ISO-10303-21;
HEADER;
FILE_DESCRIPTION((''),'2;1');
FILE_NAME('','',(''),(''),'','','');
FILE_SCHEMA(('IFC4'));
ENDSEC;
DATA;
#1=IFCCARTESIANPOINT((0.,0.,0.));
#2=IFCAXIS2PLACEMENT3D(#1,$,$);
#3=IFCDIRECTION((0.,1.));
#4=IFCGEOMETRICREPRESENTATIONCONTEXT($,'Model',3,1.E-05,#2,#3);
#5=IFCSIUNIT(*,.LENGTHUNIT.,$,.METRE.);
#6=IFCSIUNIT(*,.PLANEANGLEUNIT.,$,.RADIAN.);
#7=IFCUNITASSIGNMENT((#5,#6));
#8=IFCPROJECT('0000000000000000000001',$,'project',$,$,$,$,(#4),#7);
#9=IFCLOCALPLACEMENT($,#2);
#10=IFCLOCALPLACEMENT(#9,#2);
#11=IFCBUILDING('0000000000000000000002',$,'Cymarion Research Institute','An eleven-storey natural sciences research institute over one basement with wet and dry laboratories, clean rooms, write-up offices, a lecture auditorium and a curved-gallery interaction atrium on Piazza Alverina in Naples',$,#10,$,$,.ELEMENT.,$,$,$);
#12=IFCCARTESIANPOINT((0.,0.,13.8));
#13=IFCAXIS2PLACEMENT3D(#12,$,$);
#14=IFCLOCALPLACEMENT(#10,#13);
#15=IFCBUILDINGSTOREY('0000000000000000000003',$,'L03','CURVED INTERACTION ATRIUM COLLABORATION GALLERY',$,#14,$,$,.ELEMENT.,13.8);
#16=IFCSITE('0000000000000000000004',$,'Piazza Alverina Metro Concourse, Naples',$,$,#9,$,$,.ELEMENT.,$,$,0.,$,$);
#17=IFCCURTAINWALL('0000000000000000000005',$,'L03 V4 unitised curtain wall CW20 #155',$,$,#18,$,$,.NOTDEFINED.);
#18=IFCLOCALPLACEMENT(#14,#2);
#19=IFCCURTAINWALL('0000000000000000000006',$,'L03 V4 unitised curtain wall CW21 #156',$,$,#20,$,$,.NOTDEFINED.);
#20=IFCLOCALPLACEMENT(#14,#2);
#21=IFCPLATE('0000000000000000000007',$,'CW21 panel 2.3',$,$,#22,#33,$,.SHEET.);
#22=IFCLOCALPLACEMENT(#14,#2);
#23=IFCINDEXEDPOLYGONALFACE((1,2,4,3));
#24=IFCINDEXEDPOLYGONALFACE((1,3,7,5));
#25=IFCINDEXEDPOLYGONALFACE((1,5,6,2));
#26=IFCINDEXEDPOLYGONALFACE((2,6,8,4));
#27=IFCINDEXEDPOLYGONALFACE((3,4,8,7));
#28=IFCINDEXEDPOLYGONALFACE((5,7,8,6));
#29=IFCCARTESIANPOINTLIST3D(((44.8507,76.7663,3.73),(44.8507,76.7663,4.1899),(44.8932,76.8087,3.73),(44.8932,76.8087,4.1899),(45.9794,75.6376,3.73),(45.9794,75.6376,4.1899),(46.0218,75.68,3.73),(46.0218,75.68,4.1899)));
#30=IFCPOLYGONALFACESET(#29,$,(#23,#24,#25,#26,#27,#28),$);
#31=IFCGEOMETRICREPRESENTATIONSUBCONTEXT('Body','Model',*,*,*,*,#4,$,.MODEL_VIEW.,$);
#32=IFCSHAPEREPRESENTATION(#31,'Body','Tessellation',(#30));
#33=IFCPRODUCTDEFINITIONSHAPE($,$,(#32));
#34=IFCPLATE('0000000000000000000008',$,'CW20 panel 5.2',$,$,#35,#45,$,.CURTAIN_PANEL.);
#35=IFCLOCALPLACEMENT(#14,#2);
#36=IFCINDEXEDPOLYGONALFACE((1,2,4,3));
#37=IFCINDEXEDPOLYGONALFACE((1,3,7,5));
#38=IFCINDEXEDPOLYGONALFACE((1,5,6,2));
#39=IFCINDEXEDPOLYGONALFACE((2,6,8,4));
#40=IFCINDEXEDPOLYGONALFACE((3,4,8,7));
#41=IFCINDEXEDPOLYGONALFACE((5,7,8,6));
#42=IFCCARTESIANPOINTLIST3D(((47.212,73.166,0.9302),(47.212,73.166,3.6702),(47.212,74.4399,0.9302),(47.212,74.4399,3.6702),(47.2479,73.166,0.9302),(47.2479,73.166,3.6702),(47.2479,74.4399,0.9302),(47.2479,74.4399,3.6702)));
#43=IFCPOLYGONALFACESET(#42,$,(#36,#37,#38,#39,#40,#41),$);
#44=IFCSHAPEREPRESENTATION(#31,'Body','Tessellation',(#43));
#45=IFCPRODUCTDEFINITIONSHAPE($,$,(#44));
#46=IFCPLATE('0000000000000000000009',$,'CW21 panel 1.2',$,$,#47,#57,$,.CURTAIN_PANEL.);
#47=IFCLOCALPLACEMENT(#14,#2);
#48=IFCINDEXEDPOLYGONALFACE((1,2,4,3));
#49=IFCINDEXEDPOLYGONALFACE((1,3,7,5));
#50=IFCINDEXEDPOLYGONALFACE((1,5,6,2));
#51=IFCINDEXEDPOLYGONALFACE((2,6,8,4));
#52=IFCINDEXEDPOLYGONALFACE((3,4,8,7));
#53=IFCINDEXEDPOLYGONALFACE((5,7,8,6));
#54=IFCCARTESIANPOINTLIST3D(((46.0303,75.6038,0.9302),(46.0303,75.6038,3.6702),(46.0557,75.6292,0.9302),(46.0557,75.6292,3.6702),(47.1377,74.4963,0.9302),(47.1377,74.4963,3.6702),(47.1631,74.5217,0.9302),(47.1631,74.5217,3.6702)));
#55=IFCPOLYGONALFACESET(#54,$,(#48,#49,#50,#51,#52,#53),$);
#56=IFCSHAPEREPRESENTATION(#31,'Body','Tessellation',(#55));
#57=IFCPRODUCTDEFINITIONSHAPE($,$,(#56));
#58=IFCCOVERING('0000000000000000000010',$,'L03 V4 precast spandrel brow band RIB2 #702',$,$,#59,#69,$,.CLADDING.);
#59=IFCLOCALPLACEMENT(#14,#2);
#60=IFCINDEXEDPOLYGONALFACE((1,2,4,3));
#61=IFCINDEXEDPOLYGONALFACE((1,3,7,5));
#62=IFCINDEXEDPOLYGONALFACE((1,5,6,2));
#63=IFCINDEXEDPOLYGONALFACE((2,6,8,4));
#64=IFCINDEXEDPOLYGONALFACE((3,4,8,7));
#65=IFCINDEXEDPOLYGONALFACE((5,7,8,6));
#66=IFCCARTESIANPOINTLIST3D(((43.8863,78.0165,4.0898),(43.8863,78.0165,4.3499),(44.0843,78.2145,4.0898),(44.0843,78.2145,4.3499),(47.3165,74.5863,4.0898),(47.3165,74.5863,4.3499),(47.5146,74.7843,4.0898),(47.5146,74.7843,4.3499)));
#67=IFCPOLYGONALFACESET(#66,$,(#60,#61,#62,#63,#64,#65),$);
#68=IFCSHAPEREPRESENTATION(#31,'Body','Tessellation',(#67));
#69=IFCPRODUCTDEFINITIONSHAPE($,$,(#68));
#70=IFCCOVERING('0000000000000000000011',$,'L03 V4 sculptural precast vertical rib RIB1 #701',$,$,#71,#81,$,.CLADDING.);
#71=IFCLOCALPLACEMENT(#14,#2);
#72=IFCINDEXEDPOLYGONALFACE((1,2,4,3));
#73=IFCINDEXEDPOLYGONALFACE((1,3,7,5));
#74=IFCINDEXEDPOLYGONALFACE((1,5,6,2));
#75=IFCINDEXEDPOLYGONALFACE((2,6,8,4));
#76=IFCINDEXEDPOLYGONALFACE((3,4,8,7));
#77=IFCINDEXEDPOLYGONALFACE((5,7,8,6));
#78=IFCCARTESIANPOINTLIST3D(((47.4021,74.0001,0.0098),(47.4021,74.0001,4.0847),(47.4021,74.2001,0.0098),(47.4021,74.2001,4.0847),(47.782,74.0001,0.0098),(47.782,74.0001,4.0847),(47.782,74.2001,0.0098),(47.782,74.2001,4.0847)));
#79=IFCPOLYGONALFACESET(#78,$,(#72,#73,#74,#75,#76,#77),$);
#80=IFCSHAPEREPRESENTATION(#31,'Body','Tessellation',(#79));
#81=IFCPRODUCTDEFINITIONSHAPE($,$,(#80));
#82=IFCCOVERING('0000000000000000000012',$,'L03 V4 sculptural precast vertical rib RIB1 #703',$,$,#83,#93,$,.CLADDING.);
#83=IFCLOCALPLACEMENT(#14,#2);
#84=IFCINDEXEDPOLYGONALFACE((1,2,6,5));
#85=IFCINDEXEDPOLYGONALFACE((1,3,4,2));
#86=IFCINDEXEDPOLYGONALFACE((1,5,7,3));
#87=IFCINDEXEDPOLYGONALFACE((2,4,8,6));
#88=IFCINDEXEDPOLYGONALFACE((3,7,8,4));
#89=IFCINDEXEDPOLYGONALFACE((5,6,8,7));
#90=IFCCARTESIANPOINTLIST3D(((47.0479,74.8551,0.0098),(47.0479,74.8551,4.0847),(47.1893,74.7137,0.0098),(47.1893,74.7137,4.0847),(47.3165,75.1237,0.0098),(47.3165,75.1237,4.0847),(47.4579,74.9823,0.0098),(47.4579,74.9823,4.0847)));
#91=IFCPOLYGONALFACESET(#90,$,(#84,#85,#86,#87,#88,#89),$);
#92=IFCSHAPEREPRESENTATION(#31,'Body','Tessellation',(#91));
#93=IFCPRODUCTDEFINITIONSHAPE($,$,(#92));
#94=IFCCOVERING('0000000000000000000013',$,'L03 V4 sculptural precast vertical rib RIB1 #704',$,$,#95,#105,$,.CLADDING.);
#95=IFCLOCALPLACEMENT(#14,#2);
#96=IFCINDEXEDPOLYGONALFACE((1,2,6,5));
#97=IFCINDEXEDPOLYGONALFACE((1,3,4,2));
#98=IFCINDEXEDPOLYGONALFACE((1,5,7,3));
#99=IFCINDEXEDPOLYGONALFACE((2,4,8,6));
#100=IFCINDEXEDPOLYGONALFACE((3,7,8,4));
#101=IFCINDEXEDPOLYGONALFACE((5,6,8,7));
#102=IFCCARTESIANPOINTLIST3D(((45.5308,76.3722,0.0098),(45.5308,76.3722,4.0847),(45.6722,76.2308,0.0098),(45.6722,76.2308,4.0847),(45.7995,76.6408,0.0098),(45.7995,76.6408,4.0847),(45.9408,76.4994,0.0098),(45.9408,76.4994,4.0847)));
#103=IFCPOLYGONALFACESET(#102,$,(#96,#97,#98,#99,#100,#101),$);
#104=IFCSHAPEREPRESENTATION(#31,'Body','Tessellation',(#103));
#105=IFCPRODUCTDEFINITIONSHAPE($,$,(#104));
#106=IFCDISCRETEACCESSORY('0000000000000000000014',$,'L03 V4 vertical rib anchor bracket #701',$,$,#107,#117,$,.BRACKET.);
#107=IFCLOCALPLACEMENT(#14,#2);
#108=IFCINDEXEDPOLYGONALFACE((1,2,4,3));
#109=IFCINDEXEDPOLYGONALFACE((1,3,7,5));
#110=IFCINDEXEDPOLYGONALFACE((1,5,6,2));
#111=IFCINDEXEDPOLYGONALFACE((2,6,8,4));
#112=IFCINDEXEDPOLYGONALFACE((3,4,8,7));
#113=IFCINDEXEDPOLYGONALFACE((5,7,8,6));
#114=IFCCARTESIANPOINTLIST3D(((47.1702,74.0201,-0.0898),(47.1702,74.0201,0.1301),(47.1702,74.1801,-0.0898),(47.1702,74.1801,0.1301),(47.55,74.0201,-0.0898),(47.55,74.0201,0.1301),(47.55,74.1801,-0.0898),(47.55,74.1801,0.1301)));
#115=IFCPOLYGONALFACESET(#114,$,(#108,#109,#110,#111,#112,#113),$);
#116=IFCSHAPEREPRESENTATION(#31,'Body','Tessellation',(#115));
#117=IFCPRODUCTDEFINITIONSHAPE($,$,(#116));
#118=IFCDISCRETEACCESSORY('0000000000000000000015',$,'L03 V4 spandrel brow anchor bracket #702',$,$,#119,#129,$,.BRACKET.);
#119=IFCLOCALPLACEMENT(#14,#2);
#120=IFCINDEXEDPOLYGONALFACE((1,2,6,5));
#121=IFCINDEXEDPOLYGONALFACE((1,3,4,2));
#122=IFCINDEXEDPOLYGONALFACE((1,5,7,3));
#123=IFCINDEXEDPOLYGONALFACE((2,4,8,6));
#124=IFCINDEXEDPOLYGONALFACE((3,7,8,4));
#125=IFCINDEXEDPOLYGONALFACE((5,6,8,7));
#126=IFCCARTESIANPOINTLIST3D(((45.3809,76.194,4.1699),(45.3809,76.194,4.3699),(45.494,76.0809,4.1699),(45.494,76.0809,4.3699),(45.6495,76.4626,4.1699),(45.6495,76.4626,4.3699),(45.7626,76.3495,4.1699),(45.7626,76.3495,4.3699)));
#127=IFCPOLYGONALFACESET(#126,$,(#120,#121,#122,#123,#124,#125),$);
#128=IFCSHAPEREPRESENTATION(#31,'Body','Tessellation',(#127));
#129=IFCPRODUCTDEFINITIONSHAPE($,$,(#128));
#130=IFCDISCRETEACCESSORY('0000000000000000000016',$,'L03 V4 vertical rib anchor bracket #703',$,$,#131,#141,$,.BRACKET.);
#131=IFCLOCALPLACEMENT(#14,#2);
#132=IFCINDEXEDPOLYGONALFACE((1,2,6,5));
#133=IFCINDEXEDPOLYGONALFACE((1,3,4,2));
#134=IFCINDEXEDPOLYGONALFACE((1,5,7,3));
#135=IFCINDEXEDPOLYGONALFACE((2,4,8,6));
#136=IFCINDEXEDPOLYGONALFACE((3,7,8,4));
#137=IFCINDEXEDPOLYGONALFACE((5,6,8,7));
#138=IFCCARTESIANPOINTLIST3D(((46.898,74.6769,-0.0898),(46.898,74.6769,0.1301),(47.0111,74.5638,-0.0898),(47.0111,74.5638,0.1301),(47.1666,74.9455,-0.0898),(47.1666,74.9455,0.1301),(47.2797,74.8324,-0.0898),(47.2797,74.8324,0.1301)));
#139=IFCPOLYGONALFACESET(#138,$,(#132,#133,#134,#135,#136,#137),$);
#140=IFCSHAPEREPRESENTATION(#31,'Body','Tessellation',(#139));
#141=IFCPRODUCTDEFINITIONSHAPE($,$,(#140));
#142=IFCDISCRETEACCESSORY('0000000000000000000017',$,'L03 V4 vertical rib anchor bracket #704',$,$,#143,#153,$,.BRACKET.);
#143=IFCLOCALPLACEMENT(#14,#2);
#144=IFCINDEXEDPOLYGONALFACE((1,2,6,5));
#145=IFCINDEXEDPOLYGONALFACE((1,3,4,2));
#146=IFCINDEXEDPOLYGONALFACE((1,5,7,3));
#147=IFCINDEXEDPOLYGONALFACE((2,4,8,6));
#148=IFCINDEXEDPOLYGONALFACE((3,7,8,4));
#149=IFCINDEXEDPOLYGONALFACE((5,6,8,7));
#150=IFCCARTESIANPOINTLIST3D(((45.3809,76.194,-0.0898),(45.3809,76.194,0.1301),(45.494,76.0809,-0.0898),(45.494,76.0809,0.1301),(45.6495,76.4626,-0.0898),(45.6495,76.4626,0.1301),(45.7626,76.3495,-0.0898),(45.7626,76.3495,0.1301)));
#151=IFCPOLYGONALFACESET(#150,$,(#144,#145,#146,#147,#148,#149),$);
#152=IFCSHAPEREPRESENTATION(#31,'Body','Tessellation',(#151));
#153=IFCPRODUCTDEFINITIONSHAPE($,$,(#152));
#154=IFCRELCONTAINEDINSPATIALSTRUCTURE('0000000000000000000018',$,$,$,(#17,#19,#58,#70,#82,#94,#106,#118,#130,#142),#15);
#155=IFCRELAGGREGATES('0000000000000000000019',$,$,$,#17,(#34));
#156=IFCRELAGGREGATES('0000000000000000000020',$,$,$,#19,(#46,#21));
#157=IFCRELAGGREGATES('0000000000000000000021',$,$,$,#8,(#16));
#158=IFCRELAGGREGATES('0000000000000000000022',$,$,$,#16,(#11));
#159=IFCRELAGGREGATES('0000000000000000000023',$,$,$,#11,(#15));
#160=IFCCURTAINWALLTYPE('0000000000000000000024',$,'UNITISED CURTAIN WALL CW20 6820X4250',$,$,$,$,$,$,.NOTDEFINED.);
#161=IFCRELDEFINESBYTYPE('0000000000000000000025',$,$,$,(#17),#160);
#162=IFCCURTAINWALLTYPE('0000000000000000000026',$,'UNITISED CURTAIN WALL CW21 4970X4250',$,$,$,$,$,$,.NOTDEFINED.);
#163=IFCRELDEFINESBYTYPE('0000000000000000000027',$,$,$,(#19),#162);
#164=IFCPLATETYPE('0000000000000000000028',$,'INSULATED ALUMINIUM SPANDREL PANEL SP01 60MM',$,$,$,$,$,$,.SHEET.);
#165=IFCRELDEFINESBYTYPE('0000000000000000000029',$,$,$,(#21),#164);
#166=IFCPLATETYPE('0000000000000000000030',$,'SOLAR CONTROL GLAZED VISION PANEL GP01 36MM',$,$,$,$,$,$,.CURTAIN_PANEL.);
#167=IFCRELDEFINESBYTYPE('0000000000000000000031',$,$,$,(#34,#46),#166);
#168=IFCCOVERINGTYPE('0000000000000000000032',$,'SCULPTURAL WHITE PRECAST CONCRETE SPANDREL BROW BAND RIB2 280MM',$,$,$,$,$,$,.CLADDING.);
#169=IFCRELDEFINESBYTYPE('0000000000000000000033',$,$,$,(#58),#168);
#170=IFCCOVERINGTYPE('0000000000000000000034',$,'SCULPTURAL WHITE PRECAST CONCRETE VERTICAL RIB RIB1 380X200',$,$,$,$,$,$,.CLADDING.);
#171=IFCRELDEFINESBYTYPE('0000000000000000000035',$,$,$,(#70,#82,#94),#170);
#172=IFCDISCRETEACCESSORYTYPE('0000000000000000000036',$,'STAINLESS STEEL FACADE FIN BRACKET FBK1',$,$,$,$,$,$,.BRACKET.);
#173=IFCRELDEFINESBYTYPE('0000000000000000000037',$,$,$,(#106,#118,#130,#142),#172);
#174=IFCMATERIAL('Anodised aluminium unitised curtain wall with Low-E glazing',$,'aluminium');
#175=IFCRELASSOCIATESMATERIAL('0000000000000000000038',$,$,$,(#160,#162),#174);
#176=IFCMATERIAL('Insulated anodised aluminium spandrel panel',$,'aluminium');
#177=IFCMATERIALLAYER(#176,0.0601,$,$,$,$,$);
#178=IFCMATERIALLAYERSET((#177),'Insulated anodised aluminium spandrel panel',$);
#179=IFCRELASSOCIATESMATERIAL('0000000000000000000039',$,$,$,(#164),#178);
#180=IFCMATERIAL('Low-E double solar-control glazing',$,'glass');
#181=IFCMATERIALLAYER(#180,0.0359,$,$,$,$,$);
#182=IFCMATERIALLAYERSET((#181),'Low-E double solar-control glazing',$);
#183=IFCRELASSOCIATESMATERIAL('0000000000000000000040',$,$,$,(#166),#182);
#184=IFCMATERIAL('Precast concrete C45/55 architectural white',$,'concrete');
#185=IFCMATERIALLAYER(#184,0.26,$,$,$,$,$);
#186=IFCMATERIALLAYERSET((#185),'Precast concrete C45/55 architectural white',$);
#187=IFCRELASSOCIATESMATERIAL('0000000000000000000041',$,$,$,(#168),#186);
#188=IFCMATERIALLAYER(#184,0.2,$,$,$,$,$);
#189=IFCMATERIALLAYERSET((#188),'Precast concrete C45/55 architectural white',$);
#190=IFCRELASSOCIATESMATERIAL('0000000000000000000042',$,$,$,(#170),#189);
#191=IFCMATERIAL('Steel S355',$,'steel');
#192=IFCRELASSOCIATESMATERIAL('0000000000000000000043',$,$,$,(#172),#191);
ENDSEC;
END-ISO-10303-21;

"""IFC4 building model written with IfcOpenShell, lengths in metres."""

from ifc_helpers import new_model, si_unit, direction, frame, origin, origin_2d, place, context, subcontext, project, spatial, rectangle, extrude, material, layer, layer_set, type_object, element, aggregate, save


model = new_model("IFC4")

# Units and contexts
model_context = context("Model", 3, precision=1e-05, world=origin(), true_north=direction((0.0, 1.0)))
body_context = subcontext(model_context, "Body", "Model", "MODEL_VIEW")
ifc_project = project(units=[si_unit("LENGTHUNIT", "METRE"), si_unit("PLANEANGLEUNIT", "RADIAN")], contexts=[model_context])

# Site, building, storey
site_placement = place(None, origin())
site = spatial("IfcSite", under=ifc_project, at=site_placement, Name="Piazza Alverina Metro Concourse, Naples", CompositionType="ELEMENT", RefElevation=0.0)
building_placement = place(site_placement, origin())
building = spatial("IfcBuilding", under=site, at=building_placement, Name="Cymarion Research Institute", Description="An eleven-storey natural sciences research institute over one basement with wet and dry laboratories, clean rooms, write-up offices, a lecture auditorium and a curved-gallery interaction atrium on Piazza Alverina in Naples", CompositionType="ELEMENT")
storey_placement = place(building_placement, frame((0.0, 0.0, 13.8)))
storey = spatial("IfcBuildingStorey", under=building, at=storey_placement, Name="L03", Description="CURVED INTERACTION ATRIUM COLLABORATION GALLERY", CompositionType="ELEMENT", Elevation=13.8)

# Curtain wall
ifc_material_1 = material(Name="Anodised aluminium unitised curtain wall with Low-E glazing", Category="aluminium")
curtain_wall_type_1 = type_object("IfcCurtainWallType", Name="UNITISED CURTAIN WALL CW20 6820X4250", PredefinedType="NOTDEFINED", material=ifc_material_1)
curtain_wall_1_placement = place(storey_placement, origin())
curtain_wall_1 = element("IfcCurtainWall", 1, at=curtain_wall_1_placement, inside=storey, type_object=curtain_wall_type_1, Name="L03 V4 unitised curtain wall CW20 #155", PredefinedType="NOTDEFINED")

# Curtain wall
curtain_wall_type_2 = type_object("IfcCurtainWallType", Name="UNITISED CURTAIN WALL CW21 4970X4250", PredefinedType="NOTDEFINED", material=ifc_material_1)
curtain_wall_2_placement = place(storey_placement, origin())
curtain_wall_2 = element("IfcCurtainWall", 2, at=curtain_wall_2_placement, inside=storey, type_object=curtain_wall_type_2, Name="L03 V4 unitised curtain wall CW21 #156", PredefinedType="NOTDEFINED")

# Plates
ifc_material_2 = material(Name="Insulated anodised aluminium spandrel panel", Category="aluminium")
ifc_layer_1 = layer(ifc_material_2, 0.0601)
ifc_layer_set_1 = layer_set([ifc_layer_1], Name="Insulated anodised aluminium spandrel panel")
plate_type_1 = type_object("IfcPlateType", Name="INSULATED ALUMINIUM SPANDREL PANEL SP01 60MM", PredefinedType="SHEET", material=ifc_layer_set_1)
plate_1_placement = place(storey_placement, frame((45.4363, 76.2231, 3.73), z_axis=(0.0, 0.0, 1.0), x_axis=(-0.707097, 0.707117, 0.0)))
plate_1 = element("IfcPlate", 3, at=plate_1_placement, type_object=plate_type_1, Name="CW21 panel 2.3", PredefinedType="SHEET", context=body_context, shape_type="SweptSolid", body=[
    extrude(rectangle(XDim=1.5962, YDim=0.0601, at=origin_2d()), origin(), (0.0, 0.0, 1.0), 0.46),
])
ifc_material_3 = material(Name="Low-E double solar-control glazing", Category="glass")
ifc_layer_2 = layer(ifc_material_3, 0.0359)
ifc_layer_set_2 = layer_set([ifc_layer_2], Name="Low-E double solar-control glazing")
plate_type_2 = type_object("IfcPlateType", Name="SOLAR CONTROL GLAZED VISION PANEL GP01 36MM", PredefinedType="CURTAIN_PANEL", material=ifc_layer_set_2)
plate_2_placement = place(storey_placement, frame((47.23, 73.803, 0.9302), z_axis=(0.0, 0.0, 1.0), x_axis=(0.0, 1.0, 0.0)))
plate_2 = element("IfcPlate", 4, at=plate_2_placement, type_object=plate_type_2, Name="CW20 panel 5.2", PredefinedType="CURTAIN_PANEL", context=body_context, shape_type="SweptSolid", body=[
    extrude(rectangle(XDim=1.2739, YDim=0.0359, at=origin_2d()), origin(), (0.0, 0.0, 1.0), 2.74),
])
aggregate(curtain_wall_1, [plate_2])
plate_3_placement = place(storey_placement, frame((46.5967, 75.0627, 0.9302), z_axis=(0.0, 0.0, 1.0), x_axis=(-0.707097, 0.707117, 0.0)))
plate_3 = element("IfcPlate", 5, at=plate_3_placement, type_object=plate_type_2, Name="CW21 panel 1.2", PredefinedType="CURTAIN_PANEL", context=body_context, shape_type="SweptSolid", body=[
    extrude(rectangle(XDim=1.5662, YDim=0.0359, at=origin_2d()), origin(), (0.0, 0.0, 1.0), 2.74),
])
aggregate(curtain_wall_2, [plate_3, plate_1])

# Coverings
ifc_material_4 = material(Name="Precast concrete C45/55 architectural white", Category="concrete")
ifc_layer_3 = layer(ifc_material_4, 0.26)
ifc_layer_set_3 = layer_set([ifc_layer_3], Name="Precast concrete C45/55 architectural white")
covering_type_1 = type_object("IfcCoveringType", Name="SCULPTURAL WHITE PRECAST CONCRETE SPANDREL BROW BAND RIB2 280MM", PredefinedType="CLADDING", material=ifc_layer_set_3)
covering_placement = place(storey_placement, frame((45.7004, 76.4004, 4.0898), z_axis=(0.0, 0.0, 1.0), x_axis=(0.707107, 0.707107, 0.0)))
element("IfcCovering", 6, at=covering_placement, inside=storey, type_object=covering_type_1, Name="L03 V4 precast spandrel brow band RIB2 #702", PredefinedType="CLADDING", context=body_context, shape_type="SweptSolid", body=[
    extrude(rectangle(XDim=0.28, YDim=4.8511, at=origin_2d()), origin(), (0.0, 0.0, 1.0), 0.26),
])
ifc_layer_4 = layer(ifc_material_4, 0.2)
ifc_layer_set_4 = layer_set([ifc_layer_4], Name="Precast concrete C45/55 architectural white")
covering_type_2 = type_object("IfcCoveringType", Name="SCULPTURAL WHITE PRECAST CONCRETE VERTICAL RIB RIB1 380X200", PredefinedType="CLADDING", material=ifc_layer_set_4)
for number, where, z_axis, x_axis, name in (
    (7, (47.592, 74.1001, 0.0098), (0.0, 0.0, 1.0), (1.0, 0.0, 0.0), "L03 V4 sculptural precast vertical rib RIB1 #701"),
    (8, (47.2529, 74.9187, 0.0098), (0.0, 0.0, 1.0), (0.707107, 0.707107, 0.0), "L03 V4 sculptural precast vertical rib RIB1 #703"),
    (9, (45.7358, 76.4358, 0.0098), (0.0, 0.0, 1.0), (0.707107, 0.707107, 0.0), "L03 V4 sculptural precast vertical rib RIB1 #704"),
):
    element("IfcCovering", number, at=place(storey_placement, frame(where, z_axis=z_axis, x_axis=x_axis)), inside=storey, type_object=covering_type_2, Name=name, PredefinedType="CLADDING", context=body_context, shape_type="SweptSolid", body=[
        extrude(rectangle(XDim=0.3799, YDim=0.2, at=origin_2d()), origin(), (0.0, 0.0, 1.0), 4.075),
    ])

# Discrete accessories
ifc_material_5 = material(Name="Steel S355", Category="steel")
discrete_accessory_type = type_object("IfcDiscreteAccessoryType", Name="STAINLESS STEEL FACADE FIN BRACKET FBK1", PredefinedType="BRACKET", material=ifc_material_5)
discrete_accessory_1_placement = place(storey_placement, frame((47.3601, 74.1001, -0.0898), z_axis=(0.0, 0.0, 1.0), x_axis=(1.0, 0.0, 0.0)))
element("IfcDiscreteAccessory", 10, at=discrete_accessory_1_placement, inside=storey, type_object=discrete_accessory_type, Name="L03 V4 vertical rib anchor bracket #701", PredefinedType="BRACKET", context=body_context, shape_type="SweptSolid", body=[
    extrude(rectangle(XDim=0.3799, YDim=0.1599, at=origin_2d()), origin(), (0.0, 0.0, 1.0), 0.22),
])
discrete_accessory_2_placement = place(storey_placement, frame((45.5718, 76.2717, 4.1699), z_axis=(0.0, 0.0, 1.0), x_axis=(0.707107, 0.707107, 0.0)))
element("IfcDiscreteAccessory", 11, at=discrete_accessory_2_placement, inside=storey, type_object=discrete_accessory_type, Name="L03 V4 spandrel brow anchor bracket #702", PredefinedType="BRACKET", context=body_context, shape_type="SweptSolid", body=[
    extrude(rectangle(XDim=0.3799, YDim=0.1599, at=origin_2d()), origin(), (0.0, 0.0, 1.0), 0.2),
])
for number, where, z_axis, x_axis, name in (
    (12, (47.0889, 74.7546, -0.0898), (0.0, 0.0, 1.0), (0.707107, 0.707107, 0.0), "L03 V4 vertical rib anchor bracket #703"),
    (13, (45.5718, 76.2717, -0.0898), (0.0, 0.0, 1.0), (0.707107, 0.707107, 0.0), "L03 V4 vertical rib anchor bracket #704"),
):
    element("IfcDiscreteAccessory", number, at=place(storey_placement, frame(where, z_axis=z_axis, x_axis=x_axis)), inside=storey, type_object=discrete_accessory_type, Name=name, PredefinedType="BRACKET", context=body_context, shape_type="SweptSolid", body=[
        extrude(rectangle(XDim=0.3799, YDim=0.1599, at=origin_2d()), origin(), (0.0, 0.0, 1.0), 0.22),
    ])

save(model, "model.ifc")
